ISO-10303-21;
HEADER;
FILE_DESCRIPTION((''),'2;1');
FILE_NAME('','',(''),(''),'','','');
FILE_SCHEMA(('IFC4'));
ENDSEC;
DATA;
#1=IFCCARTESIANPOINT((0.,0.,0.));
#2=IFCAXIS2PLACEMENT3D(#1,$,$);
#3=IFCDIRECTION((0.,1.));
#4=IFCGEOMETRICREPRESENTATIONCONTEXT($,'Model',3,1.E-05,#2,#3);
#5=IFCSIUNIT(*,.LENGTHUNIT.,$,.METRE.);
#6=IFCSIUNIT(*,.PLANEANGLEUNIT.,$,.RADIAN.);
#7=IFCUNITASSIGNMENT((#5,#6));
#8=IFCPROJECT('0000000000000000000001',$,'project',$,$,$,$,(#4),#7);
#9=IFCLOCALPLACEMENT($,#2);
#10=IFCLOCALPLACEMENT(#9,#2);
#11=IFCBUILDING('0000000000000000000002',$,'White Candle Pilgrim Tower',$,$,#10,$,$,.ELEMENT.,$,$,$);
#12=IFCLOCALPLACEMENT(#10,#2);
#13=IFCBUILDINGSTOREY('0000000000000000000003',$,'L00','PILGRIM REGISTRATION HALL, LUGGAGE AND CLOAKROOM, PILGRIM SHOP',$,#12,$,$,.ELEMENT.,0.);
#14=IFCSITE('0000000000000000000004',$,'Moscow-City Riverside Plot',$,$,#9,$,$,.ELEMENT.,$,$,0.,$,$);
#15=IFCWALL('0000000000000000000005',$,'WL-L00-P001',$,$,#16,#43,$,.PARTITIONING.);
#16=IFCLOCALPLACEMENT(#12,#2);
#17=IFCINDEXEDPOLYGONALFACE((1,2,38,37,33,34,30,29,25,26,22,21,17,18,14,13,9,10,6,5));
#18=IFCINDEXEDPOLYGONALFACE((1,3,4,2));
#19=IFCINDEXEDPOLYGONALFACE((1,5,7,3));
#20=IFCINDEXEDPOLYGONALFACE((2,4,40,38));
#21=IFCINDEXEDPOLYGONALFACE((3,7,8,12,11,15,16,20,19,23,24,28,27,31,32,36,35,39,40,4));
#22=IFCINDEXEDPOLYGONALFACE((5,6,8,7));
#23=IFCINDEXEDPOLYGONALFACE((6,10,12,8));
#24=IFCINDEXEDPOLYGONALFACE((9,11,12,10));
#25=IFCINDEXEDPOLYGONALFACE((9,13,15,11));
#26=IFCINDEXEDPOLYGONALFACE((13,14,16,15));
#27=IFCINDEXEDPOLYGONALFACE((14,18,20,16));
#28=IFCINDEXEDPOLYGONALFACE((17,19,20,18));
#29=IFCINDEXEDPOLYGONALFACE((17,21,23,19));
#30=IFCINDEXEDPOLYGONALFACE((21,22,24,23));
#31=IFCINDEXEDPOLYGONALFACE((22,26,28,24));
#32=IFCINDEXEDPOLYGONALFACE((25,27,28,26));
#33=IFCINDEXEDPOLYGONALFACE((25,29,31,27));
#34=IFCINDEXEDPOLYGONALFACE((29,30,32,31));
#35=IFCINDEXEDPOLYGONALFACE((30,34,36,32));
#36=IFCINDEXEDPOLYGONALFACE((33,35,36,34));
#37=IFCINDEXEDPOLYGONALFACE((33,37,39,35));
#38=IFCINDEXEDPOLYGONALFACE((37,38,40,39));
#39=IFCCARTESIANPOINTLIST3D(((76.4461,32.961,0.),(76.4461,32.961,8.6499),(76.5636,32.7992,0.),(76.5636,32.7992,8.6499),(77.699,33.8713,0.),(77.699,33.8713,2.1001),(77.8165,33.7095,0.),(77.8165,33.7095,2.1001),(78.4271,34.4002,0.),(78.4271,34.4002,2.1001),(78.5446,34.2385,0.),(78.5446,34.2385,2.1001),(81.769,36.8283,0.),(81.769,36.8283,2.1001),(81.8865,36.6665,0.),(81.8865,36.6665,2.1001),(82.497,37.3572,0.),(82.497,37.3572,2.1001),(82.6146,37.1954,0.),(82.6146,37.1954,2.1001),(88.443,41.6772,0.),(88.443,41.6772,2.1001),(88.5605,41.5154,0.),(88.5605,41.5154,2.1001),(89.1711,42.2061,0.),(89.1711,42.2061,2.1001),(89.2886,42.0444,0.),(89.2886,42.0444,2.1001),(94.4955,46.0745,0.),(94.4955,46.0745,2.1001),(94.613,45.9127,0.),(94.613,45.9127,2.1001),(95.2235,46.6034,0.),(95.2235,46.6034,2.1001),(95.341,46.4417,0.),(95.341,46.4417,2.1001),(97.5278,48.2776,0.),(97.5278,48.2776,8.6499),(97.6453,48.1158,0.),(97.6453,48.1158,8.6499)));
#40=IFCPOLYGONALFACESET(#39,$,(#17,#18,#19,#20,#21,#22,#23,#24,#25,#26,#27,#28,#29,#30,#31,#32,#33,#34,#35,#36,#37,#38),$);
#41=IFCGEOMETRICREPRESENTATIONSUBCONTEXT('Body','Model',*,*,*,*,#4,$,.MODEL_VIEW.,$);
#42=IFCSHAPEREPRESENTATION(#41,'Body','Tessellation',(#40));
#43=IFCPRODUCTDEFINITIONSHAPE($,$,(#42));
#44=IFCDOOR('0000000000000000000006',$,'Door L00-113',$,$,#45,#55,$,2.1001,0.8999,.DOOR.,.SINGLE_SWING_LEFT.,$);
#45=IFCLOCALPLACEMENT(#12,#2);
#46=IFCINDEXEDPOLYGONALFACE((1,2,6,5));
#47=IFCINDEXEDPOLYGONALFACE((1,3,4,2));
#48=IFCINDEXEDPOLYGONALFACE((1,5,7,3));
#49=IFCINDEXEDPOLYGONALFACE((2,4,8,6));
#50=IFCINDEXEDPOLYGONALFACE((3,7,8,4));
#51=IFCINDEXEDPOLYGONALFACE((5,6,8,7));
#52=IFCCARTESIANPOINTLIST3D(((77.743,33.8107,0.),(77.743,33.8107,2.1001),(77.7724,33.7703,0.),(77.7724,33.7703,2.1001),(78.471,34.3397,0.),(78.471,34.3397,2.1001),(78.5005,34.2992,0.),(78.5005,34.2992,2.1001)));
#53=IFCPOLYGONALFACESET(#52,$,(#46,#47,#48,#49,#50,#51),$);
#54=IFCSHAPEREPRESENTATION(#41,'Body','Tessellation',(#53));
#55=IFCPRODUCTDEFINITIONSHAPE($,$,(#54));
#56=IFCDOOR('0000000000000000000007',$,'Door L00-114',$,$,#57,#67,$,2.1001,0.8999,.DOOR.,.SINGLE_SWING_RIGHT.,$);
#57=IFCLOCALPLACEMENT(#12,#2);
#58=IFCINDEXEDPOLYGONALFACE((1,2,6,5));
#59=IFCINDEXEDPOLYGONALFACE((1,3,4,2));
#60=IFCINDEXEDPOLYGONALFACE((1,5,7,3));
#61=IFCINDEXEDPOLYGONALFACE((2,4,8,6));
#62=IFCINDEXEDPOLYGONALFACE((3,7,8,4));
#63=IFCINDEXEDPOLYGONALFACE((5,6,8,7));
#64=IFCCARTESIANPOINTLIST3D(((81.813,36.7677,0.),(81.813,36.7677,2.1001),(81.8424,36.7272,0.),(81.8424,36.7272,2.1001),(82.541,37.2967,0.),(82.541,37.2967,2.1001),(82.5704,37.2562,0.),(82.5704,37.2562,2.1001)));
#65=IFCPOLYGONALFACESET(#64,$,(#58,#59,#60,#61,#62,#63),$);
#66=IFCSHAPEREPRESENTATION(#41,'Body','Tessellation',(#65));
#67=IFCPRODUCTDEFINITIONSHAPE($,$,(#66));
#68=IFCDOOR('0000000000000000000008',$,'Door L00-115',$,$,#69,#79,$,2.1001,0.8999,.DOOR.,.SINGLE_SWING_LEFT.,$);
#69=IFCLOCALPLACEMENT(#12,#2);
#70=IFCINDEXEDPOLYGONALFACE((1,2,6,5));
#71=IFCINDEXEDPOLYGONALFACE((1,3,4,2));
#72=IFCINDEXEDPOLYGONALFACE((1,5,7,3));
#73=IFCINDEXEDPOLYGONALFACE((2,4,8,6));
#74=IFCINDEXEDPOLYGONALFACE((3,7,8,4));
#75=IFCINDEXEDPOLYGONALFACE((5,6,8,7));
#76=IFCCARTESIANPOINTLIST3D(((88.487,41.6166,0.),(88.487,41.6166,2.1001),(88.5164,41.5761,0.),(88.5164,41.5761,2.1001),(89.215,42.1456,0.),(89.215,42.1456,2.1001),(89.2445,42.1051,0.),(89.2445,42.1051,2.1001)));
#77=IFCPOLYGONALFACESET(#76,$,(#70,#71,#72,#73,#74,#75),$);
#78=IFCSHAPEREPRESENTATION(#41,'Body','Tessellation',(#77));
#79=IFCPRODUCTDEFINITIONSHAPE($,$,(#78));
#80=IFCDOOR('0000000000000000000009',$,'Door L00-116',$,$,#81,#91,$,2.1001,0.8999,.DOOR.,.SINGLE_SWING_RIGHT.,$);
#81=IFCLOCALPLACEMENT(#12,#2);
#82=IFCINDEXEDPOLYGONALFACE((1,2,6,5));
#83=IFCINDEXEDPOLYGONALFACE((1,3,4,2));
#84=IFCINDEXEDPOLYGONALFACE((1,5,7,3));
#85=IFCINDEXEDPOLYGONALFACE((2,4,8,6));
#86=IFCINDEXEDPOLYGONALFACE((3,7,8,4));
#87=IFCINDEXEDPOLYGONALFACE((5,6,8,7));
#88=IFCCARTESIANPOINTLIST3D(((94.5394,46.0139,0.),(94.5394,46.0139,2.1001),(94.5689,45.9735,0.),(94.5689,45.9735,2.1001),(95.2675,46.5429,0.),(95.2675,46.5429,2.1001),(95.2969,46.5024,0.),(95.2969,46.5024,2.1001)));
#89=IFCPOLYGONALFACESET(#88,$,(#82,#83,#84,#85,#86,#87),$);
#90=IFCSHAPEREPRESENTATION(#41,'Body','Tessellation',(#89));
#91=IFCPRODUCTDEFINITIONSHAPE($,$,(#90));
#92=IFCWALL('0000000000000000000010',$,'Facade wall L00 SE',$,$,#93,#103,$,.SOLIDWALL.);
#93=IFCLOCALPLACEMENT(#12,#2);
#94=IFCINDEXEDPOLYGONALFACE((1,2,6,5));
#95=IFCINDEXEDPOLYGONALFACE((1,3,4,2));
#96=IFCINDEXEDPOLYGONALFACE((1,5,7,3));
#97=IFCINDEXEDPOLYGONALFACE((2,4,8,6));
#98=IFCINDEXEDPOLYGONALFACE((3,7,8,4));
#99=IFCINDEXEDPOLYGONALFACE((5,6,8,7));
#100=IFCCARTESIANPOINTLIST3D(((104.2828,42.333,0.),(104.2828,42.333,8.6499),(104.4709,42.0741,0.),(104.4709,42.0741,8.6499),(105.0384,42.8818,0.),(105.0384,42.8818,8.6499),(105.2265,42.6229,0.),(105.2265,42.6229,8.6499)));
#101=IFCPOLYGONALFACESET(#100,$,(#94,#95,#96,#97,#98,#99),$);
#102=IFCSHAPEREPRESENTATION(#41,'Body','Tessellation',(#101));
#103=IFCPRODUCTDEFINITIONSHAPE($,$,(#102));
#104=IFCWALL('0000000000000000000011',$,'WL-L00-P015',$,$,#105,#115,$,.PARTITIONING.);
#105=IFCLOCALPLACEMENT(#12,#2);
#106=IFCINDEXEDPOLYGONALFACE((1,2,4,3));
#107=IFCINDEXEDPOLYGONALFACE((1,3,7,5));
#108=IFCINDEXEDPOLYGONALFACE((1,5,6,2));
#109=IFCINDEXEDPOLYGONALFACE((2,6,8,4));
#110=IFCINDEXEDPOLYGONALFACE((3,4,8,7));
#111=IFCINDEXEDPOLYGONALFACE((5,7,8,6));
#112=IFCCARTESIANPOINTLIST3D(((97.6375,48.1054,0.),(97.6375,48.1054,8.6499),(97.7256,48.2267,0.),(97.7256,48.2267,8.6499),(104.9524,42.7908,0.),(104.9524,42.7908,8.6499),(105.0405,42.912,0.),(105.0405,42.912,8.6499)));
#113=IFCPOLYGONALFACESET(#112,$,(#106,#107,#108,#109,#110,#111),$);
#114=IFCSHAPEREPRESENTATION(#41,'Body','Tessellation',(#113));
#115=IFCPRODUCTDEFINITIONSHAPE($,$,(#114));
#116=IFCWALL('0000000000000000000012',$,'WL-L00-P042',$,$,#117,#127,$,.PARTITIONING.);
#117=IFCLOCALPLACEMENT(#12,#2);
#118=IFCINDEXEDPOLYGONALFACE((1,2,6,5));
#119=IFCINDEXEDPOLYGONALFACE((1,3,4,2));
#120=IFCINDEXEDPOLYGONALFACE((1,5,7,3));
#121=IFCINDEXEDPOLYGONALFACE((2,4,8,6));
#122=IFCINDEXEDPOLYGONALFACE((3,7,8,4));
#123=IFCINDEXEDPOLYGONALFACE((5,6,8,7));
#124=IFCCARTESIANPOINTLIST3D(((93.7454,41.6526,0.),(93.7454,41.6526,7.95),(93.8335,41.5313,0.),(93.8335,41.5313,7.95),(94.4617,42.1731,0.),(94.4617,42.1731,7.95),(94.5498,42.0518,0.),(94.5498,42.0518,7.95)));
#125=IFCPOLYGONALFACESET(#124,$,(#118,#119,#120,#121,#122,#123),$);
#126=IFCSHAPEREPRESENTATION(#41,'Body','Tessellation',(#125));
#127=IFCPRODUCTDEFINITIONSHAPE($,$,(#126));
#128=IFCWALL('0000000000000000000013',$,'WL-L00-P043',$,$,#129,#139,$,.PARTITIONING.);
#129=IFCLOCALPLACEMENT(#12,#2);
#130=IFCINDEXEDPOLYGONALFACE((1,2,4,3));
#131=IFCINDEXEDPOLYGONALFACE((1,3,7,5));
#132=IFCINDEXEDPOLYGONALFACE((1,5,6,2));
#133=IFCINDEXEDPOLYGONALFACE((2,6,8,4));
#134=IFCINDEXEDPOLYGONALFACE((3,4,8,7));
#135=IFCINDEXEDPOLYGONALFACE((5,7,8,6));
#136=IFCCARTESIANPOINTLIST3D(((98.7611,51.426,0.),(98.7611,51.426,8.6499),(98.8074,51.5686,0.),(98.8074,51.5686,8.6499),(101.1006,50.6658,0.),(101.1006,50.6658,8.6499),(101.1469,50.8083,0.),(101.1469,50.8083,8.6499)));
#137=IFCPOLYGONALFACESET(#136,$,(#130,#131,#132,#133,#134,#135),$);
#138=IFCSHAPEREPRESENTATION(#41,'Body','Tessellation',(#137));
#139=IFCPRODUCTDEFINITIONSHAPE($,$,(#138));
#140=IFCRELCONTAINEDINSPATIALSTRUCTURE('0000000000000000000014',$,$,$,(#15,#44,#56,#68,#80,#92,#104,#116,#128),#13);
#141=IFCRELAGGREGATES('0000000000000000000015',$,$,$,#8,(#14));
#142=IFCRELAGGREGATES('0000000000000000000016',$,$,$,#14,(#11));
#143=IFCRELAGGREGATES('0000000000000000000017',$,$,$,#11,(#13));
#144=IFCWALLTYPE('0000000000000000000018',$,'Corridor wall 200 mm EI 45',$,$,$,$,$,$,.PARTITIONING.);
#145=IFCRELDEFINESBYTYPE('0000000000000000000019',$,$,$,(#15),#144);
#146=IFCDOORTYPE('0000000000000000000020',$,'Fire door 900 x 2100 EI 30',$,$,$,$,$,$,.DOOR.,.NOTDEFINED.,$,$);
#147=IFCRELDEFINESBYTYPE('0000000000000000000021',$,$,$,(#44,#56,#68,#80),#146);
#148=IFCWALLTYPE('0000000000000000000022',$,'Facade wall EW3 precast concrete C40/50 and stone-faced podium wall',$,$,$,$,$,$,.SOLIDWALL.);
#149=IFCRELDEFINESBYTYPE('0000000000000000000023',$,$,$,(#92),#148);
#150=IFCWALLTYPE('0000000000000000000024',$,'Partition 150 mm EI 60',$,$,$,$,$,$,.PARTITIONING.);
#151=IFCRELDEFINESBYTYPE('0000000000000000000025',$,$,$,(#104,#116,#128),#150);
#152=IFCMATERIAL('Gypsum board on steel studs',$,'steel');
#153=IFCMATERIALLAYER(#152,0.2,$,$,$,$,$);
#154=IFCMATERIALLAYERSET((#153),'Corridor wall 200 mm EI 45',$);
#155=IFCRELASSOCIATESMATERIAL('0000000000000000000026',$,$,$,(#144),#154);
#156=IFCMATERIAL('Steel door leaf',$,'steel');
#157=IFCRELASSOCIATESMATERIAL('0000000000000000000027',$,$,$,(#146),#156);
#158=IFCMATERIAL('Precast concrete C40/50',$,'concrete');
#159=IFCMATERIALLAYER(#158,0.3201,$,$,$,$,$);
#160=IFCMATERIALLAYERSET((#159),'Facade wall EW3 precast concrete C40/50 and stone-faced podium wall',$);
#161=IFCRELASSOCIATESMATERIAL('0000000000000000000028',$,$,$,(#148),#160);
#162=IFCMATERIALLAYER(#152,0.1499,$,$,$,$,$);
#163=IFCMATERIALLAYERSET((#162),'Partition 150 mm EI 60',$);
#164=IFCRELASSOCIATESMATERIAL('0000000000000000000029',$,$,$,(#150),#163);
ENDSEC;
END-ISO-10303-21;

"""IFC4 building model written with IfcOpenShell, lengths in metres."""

from ifc_helpers import new_model, si_unit, direction, frame, frame_2d, origin, place, context, subcontext, project, spatial, rectangle, extrude, material, layer, layer_set, type_object, element, fill, save


model = new_model("IFC4")

# Units and contexts
model_context = context("Model", 3, precision=1e-05, world=origin(), true_north=direction((0.0, 1.0)))
body_context = subcontext(model_context, "Body", "Model", "MODEL_VIEW")
ifc_project = project(units=[si_unit("LENGTHUNIT", "METRE"), si_unit("PLANEANGLEUNIT", "RADIAN")], contexts=[model_context])

# Site, building, storey
site_placement = place(None, origin())
site = spatial("IfcSite", under=ifc_project, at=site_placement, Name="Moscow-City Riverside Plot", CompositionType="ELEMENT", RefElevation=0.0)
building_placement = place(site_placement, origin())
building = spatial("IfcBuilding", under=site, at=building_placement, Name="White Candle Pilgrim Tower", CompositionType="ELEMENT")
storey_placement = place(building_placement, origin())
storey = spatial("IfcBuildingStorey", under=building, at=storey_placement, Name="L00", Description="PILGRIM REGISTRATION HALL, LUGGAGE AND CLOAKROOM, PILGRIM SHOP", CompositionType="ELEMENT", Elevation=0.0)

# Wall, openings, doors
ifc_material_1 = material(Name="Gypsum board on steel studs", Category="steel")
ifc_layer_1 = layer(ifc_material_1, 0.2)
ifc_layer_set_1 = layer_set([ifc_layer_1], Name="Corridor wall 200 mm EI 45")
wall_type_1 = type_object("IfcWallType", Name="Corridor wall 200 mm EI 45", PredefinedType="PARTITIONING", material=ifc_layer_set_1)
wall_1_placement = place(storey_placement, frame((97.5867, 48.1968, 0.0), z_axis=(0.0, 0.0, 1.0), x_axis=(-0.80902, -0.587781, 0.0)))
wall_1 = element("IfcWall", 1, at=wall_1_placement, inside=storey, type_object=wall_type_1, Name="WL-L00-P001", PredefinedType="PARTITIONING", context=body_context, shape_type="SweptSolid", body=[
    extrude(rectangle(XDim=26.0583, YDim=0.2, at=frame_2d((13.0293, 0.0))), origin(), (0.0, 0.0, 1.0), 8.6499),
])
opening_1_placement = place(wall_1_placement, frame((23.6099, 0.0, 0.0)))
opening_1 = element("IfcOpeningElement", 2, at=opening_1_placement, cuts=wall_1, PredefinedType="OPENING", context=body_context, shape_type="SweptSolid", body=[
    extrude(rectangle(XDim=0.8999, YDim=2.1001, at=frame_2d((0.45, 1.05))), frame((0.0, 0.1099, 0.0), z_axis=(0.0, -1.0, 0.0), x_axis=(1.0, 0.0, 0.0)), (0.0, 0.0, 1.0), 0.22),
])
opening_2_placement = place(wall_1_placement, frame((18.5791, 0.0, 0.0)))
opening_2 = element("IfcOpeningElement", 3, at=opening_2_placement, cuts=wall_1, PredefinedType="OPENING", context=body_context, shape_type="SweptSolid", body=[
    extrude(rectangle(XDim=0.8999, YDim=2.1001, at=frame_2d((0.45, 1.05))), frame((0.0, 0.1099, 0.0), z_axis=(0.0, -1.0, 0.0), x_axis=(1.0, 0.0, 0.0)), (0.0, 0.0, 1.0), 0.22),
])
opening_3_placement = place(wall_1_placement, frame((10.3296, 0.0, 0.0)))
opening_3 = element("IfcOpeningElement", 4, at=opening_3_placement, cuts=wall_1, PredefinedType="OPENING", context=body_context, shape_type="SweptSolid", body=[
    extrude(rectangle(XDim=0.8999, YDim=2.1001, at=frame_2d((0.45, 1.05))), frame((0.0, 0.1099, 0.0), z_axis=(0.0, -1.0, 0.0), x_axis=(1.0, 0.0, 0.0)), (0.0, 0.0, 1.0), 0.22),
])
opening_4_placement = place(wall_1_placement, frame((2.8484, 0.0, 0.0)))
opening_4 = element("IfcOpeningElement", 5, at=opening_4_placement, cuts=wall_1, PredefinedType="OPENING", context=body_context, shape_type="SweptSolid", body=[
    extrude(rectangle(XDim=0.8999, YDim=2.1001, at=frame_2d((0.45, 1.05))), frame((0.0, 0.1099, 0.0), z_axis=(0.0, -1.0, 0.0), x_axis=(1.0, 0.0, 0.0)), (0.0, 0.0, 1.0), 0.22),
])
ifc_material_2 = material(Name="Steel door leaf", Category="steel")
door_type = type_object("IfcDoorType", Name="Fire door 900 x 2100 EI 30", OperationType="NOTDEFINED", PredefinedType="DOOR", material=ifc_material_2)
door_1_placement = place(opening_1_placement, origin())
door_1 = element("IfcDoor", 6, at=door_1_placement, inside=storey, type_object=door_type, Name="Door L00-113", OperationType="SINGLE_SWING_LEFT", OverallHeight=2.1001, OverallWidth=0.8999, PredefinedType="DOOR", context=body_context, shape_type="SweptSolid", body=[
    extrude(rectangle(XDim=0.8999, YDim=2.1001, at=frame_2d((0.45, 1.05))), frame((0.0, 0.0249, 0.0), z_axis=(0.0, -1.0, 0.0), x_axis=(1.0, 0.0, 0.0)), (0.0, 0.0, 1.0), 0.05),
])
fill(opening_1, door_1)
door_2_placement = place(opening_2_placement, origin())
door_2 = element("IfcDoor", 7, at=door_2_placement, inside=storey, type_object=door_type, Name="Door L00-114", OperationType="SINGLE_SWING_RIGHT", OverallHeight=2.1001, OverallWidth=0.8999, PredefinedType="DOOR", context=body_context, shape_type="SweptSolid", body=[
    extrude(rectangle(XDim=0.8999, YDim=2.1001, at=frame_2d((0.45, 1.05))), frame((0.0, 0.0249, 0.0), z_axis=(0.0, -1.0, 0.0), x_axis=(1.0, 0.0, 0.0)), (0.0, 0.0, 1.0), 0.05),
])
fill(opening_2, door_2)
door_3_placement = place(opening_3_placement, origin())
door_3 = element("IfcDoor", 8, at=door_3_placement, inside=storey, type_object=door_type, Name="Door L00-115", OperationType="SINGLE_SWING_LEFT", OverallHeight=2.1001, OverallWidth=0.8999, PredefinedType="DOOR", context=body_context, shape_type="SweptSolid", body=[
    extrude(rectangle(XDim=0.8999, YDim=2.1001, at=frame_2d((0.45, 1.05))), frame((0.0, 0.0249, 0.0), z_axis=(0.0, -1.0, 0.0), x_axis=(1.0, 0.0, 0.0)), (0.0, 0.0, 1.0), 0.05),
])
fill(opening_3, door_3)
door_4_placement = place(opening_4_placement, origin())
door_4 = element("IfcDoor", 9, at=door_4_placement, inside=storey, type_object=door_type, Name="Door L00-116", OperationType="SINGLE_SWING_RIGHT", OverallHeight=2.1001, OverallWidth=0.8999, PredefinedType="DOOR", context=body_context, shape_type="SweptSolid", body=[
    extrude(rectangle(XDim=0.8999, YDim=2.1001, at=frame_2d((0.45, 1.05))), frame((0.0, 0.0249, 0.0), z_axis=(0.0, -1.0, 0.0), x_axis=(1.0, 0.0, 0.0)), (0.0, 0.0, 1.0), 0.05),
])
fill(opening_4, door_4)

# Walls
ifc_material_3 = material(Name="Precast concrete C40/50", Category="concrete")
ifc_layer_2 = layer(ifc_material_3, 0.3201)
ifc_layer_set_2 = layer_set([ifc_layer_2], Name="Facade wall EW3 precast concrete C40/50 and stone-faced podium wall")
wall_type_2 = type_object("IfcWallType", Name="Facade wall EW3 precast concrete C40/50 and stone-faced podium wall", PredefinedType="SOLIDWALL", material=ifc_layer_set_2)
wall_2_placement = place(storey_placement, frame((104.377, 42.2036, 0.0), z_axis=(0.0, 0.0, 1.0), x_axis=(0.809098, 0.587674, 0.0)))
element("IfcWall", 10, at=wall_2_placement, inside=storey, type_object=wall_type_2, Name="Facade wall L00 SE", PredefinedType="SOLIDWALL", context=body_context, shape_type="SweptSolid", body=[
    extrude(rectangle(XDim=0.9338, YDim=0.3201, at=frame_2d((0.4668, 0.0))), origin(), (0.0, 0.0, 1.0), 8.6499),
])
ifc_layer_3 = layer(ifc_material_1, 0.1499)
ifc_layer_set_3 = layer_set([ifc_layer_3], Name="Partition 150 mm EI 60")
wall_type_3 = type_object("IfcWallType", Name="Partition 150 mm EI 60", PredefinedType="PARTITIONING", material=ifc_layer_set_3)
wall_3_placement = place(storey_placement, frame((104.9966, 42.8513, 0.0), z_axis=(0.0, 0.0, 1.0), x_axis=(-0.809013, 0.587791, 0.0)))
element("IfcWall", 11, at=wall_3_placement, inside=storey, type_object=wall_type_3, Name="WL-L00-P015", PredefinedType="PARTITIONING", context=body_context, shape_type="SweptSolid", body=[
    extrude(rectangle(XDim=9.0417, YDim=0.1499, at=frame_2d((4.521, 0.0))), origin(), (0.0, 0.0, 1.0), 8.6499),
])
wall_4_placement = place(storey_placement, frame((94.5059, 42.1125, 0.0), z_axis=(0.0, 0.0, 1.0), x_axis=(-0.808974, -0.587844, 0.0)))
element("IfcWall", 12, at=wall_4_placement, inside=storey, type_object=wall_type_3, Name="WL-L00-P042", PredefinedType="PARTITIONING", context=body_context, shape_type="SweptSolid", body=[
    extrude(rectangle(XDim=0.8855, YDim=0.1499, at=frame_2d((0.4429, 0.0))), origin(), (0.0, 0.0, 1.0), 7.95),
])
wall_5_placement = place(storey_placement, frame((101.1238, 50.7371, 0.0), z_axis=(0.0, 0.0, 1.0), x_axis=(-0.951048, 0.309043, 0.0)))
element("IfcWall", 13, at=wall_5_placement, inside=storey, type_object=wall_type_3, Name="WL-L00-P043", PredefinedType="PARTITIONING", context=body_context, shape_type="SweptSolid", body=[
    extrude(rectangle(XDim=2.46, YDim=0.1499, at=frame_2d((1.23, 0.0))), origin(), (0.0, 0.0, 1.0), 8.6499),
])

save(model, "model.ifc")
